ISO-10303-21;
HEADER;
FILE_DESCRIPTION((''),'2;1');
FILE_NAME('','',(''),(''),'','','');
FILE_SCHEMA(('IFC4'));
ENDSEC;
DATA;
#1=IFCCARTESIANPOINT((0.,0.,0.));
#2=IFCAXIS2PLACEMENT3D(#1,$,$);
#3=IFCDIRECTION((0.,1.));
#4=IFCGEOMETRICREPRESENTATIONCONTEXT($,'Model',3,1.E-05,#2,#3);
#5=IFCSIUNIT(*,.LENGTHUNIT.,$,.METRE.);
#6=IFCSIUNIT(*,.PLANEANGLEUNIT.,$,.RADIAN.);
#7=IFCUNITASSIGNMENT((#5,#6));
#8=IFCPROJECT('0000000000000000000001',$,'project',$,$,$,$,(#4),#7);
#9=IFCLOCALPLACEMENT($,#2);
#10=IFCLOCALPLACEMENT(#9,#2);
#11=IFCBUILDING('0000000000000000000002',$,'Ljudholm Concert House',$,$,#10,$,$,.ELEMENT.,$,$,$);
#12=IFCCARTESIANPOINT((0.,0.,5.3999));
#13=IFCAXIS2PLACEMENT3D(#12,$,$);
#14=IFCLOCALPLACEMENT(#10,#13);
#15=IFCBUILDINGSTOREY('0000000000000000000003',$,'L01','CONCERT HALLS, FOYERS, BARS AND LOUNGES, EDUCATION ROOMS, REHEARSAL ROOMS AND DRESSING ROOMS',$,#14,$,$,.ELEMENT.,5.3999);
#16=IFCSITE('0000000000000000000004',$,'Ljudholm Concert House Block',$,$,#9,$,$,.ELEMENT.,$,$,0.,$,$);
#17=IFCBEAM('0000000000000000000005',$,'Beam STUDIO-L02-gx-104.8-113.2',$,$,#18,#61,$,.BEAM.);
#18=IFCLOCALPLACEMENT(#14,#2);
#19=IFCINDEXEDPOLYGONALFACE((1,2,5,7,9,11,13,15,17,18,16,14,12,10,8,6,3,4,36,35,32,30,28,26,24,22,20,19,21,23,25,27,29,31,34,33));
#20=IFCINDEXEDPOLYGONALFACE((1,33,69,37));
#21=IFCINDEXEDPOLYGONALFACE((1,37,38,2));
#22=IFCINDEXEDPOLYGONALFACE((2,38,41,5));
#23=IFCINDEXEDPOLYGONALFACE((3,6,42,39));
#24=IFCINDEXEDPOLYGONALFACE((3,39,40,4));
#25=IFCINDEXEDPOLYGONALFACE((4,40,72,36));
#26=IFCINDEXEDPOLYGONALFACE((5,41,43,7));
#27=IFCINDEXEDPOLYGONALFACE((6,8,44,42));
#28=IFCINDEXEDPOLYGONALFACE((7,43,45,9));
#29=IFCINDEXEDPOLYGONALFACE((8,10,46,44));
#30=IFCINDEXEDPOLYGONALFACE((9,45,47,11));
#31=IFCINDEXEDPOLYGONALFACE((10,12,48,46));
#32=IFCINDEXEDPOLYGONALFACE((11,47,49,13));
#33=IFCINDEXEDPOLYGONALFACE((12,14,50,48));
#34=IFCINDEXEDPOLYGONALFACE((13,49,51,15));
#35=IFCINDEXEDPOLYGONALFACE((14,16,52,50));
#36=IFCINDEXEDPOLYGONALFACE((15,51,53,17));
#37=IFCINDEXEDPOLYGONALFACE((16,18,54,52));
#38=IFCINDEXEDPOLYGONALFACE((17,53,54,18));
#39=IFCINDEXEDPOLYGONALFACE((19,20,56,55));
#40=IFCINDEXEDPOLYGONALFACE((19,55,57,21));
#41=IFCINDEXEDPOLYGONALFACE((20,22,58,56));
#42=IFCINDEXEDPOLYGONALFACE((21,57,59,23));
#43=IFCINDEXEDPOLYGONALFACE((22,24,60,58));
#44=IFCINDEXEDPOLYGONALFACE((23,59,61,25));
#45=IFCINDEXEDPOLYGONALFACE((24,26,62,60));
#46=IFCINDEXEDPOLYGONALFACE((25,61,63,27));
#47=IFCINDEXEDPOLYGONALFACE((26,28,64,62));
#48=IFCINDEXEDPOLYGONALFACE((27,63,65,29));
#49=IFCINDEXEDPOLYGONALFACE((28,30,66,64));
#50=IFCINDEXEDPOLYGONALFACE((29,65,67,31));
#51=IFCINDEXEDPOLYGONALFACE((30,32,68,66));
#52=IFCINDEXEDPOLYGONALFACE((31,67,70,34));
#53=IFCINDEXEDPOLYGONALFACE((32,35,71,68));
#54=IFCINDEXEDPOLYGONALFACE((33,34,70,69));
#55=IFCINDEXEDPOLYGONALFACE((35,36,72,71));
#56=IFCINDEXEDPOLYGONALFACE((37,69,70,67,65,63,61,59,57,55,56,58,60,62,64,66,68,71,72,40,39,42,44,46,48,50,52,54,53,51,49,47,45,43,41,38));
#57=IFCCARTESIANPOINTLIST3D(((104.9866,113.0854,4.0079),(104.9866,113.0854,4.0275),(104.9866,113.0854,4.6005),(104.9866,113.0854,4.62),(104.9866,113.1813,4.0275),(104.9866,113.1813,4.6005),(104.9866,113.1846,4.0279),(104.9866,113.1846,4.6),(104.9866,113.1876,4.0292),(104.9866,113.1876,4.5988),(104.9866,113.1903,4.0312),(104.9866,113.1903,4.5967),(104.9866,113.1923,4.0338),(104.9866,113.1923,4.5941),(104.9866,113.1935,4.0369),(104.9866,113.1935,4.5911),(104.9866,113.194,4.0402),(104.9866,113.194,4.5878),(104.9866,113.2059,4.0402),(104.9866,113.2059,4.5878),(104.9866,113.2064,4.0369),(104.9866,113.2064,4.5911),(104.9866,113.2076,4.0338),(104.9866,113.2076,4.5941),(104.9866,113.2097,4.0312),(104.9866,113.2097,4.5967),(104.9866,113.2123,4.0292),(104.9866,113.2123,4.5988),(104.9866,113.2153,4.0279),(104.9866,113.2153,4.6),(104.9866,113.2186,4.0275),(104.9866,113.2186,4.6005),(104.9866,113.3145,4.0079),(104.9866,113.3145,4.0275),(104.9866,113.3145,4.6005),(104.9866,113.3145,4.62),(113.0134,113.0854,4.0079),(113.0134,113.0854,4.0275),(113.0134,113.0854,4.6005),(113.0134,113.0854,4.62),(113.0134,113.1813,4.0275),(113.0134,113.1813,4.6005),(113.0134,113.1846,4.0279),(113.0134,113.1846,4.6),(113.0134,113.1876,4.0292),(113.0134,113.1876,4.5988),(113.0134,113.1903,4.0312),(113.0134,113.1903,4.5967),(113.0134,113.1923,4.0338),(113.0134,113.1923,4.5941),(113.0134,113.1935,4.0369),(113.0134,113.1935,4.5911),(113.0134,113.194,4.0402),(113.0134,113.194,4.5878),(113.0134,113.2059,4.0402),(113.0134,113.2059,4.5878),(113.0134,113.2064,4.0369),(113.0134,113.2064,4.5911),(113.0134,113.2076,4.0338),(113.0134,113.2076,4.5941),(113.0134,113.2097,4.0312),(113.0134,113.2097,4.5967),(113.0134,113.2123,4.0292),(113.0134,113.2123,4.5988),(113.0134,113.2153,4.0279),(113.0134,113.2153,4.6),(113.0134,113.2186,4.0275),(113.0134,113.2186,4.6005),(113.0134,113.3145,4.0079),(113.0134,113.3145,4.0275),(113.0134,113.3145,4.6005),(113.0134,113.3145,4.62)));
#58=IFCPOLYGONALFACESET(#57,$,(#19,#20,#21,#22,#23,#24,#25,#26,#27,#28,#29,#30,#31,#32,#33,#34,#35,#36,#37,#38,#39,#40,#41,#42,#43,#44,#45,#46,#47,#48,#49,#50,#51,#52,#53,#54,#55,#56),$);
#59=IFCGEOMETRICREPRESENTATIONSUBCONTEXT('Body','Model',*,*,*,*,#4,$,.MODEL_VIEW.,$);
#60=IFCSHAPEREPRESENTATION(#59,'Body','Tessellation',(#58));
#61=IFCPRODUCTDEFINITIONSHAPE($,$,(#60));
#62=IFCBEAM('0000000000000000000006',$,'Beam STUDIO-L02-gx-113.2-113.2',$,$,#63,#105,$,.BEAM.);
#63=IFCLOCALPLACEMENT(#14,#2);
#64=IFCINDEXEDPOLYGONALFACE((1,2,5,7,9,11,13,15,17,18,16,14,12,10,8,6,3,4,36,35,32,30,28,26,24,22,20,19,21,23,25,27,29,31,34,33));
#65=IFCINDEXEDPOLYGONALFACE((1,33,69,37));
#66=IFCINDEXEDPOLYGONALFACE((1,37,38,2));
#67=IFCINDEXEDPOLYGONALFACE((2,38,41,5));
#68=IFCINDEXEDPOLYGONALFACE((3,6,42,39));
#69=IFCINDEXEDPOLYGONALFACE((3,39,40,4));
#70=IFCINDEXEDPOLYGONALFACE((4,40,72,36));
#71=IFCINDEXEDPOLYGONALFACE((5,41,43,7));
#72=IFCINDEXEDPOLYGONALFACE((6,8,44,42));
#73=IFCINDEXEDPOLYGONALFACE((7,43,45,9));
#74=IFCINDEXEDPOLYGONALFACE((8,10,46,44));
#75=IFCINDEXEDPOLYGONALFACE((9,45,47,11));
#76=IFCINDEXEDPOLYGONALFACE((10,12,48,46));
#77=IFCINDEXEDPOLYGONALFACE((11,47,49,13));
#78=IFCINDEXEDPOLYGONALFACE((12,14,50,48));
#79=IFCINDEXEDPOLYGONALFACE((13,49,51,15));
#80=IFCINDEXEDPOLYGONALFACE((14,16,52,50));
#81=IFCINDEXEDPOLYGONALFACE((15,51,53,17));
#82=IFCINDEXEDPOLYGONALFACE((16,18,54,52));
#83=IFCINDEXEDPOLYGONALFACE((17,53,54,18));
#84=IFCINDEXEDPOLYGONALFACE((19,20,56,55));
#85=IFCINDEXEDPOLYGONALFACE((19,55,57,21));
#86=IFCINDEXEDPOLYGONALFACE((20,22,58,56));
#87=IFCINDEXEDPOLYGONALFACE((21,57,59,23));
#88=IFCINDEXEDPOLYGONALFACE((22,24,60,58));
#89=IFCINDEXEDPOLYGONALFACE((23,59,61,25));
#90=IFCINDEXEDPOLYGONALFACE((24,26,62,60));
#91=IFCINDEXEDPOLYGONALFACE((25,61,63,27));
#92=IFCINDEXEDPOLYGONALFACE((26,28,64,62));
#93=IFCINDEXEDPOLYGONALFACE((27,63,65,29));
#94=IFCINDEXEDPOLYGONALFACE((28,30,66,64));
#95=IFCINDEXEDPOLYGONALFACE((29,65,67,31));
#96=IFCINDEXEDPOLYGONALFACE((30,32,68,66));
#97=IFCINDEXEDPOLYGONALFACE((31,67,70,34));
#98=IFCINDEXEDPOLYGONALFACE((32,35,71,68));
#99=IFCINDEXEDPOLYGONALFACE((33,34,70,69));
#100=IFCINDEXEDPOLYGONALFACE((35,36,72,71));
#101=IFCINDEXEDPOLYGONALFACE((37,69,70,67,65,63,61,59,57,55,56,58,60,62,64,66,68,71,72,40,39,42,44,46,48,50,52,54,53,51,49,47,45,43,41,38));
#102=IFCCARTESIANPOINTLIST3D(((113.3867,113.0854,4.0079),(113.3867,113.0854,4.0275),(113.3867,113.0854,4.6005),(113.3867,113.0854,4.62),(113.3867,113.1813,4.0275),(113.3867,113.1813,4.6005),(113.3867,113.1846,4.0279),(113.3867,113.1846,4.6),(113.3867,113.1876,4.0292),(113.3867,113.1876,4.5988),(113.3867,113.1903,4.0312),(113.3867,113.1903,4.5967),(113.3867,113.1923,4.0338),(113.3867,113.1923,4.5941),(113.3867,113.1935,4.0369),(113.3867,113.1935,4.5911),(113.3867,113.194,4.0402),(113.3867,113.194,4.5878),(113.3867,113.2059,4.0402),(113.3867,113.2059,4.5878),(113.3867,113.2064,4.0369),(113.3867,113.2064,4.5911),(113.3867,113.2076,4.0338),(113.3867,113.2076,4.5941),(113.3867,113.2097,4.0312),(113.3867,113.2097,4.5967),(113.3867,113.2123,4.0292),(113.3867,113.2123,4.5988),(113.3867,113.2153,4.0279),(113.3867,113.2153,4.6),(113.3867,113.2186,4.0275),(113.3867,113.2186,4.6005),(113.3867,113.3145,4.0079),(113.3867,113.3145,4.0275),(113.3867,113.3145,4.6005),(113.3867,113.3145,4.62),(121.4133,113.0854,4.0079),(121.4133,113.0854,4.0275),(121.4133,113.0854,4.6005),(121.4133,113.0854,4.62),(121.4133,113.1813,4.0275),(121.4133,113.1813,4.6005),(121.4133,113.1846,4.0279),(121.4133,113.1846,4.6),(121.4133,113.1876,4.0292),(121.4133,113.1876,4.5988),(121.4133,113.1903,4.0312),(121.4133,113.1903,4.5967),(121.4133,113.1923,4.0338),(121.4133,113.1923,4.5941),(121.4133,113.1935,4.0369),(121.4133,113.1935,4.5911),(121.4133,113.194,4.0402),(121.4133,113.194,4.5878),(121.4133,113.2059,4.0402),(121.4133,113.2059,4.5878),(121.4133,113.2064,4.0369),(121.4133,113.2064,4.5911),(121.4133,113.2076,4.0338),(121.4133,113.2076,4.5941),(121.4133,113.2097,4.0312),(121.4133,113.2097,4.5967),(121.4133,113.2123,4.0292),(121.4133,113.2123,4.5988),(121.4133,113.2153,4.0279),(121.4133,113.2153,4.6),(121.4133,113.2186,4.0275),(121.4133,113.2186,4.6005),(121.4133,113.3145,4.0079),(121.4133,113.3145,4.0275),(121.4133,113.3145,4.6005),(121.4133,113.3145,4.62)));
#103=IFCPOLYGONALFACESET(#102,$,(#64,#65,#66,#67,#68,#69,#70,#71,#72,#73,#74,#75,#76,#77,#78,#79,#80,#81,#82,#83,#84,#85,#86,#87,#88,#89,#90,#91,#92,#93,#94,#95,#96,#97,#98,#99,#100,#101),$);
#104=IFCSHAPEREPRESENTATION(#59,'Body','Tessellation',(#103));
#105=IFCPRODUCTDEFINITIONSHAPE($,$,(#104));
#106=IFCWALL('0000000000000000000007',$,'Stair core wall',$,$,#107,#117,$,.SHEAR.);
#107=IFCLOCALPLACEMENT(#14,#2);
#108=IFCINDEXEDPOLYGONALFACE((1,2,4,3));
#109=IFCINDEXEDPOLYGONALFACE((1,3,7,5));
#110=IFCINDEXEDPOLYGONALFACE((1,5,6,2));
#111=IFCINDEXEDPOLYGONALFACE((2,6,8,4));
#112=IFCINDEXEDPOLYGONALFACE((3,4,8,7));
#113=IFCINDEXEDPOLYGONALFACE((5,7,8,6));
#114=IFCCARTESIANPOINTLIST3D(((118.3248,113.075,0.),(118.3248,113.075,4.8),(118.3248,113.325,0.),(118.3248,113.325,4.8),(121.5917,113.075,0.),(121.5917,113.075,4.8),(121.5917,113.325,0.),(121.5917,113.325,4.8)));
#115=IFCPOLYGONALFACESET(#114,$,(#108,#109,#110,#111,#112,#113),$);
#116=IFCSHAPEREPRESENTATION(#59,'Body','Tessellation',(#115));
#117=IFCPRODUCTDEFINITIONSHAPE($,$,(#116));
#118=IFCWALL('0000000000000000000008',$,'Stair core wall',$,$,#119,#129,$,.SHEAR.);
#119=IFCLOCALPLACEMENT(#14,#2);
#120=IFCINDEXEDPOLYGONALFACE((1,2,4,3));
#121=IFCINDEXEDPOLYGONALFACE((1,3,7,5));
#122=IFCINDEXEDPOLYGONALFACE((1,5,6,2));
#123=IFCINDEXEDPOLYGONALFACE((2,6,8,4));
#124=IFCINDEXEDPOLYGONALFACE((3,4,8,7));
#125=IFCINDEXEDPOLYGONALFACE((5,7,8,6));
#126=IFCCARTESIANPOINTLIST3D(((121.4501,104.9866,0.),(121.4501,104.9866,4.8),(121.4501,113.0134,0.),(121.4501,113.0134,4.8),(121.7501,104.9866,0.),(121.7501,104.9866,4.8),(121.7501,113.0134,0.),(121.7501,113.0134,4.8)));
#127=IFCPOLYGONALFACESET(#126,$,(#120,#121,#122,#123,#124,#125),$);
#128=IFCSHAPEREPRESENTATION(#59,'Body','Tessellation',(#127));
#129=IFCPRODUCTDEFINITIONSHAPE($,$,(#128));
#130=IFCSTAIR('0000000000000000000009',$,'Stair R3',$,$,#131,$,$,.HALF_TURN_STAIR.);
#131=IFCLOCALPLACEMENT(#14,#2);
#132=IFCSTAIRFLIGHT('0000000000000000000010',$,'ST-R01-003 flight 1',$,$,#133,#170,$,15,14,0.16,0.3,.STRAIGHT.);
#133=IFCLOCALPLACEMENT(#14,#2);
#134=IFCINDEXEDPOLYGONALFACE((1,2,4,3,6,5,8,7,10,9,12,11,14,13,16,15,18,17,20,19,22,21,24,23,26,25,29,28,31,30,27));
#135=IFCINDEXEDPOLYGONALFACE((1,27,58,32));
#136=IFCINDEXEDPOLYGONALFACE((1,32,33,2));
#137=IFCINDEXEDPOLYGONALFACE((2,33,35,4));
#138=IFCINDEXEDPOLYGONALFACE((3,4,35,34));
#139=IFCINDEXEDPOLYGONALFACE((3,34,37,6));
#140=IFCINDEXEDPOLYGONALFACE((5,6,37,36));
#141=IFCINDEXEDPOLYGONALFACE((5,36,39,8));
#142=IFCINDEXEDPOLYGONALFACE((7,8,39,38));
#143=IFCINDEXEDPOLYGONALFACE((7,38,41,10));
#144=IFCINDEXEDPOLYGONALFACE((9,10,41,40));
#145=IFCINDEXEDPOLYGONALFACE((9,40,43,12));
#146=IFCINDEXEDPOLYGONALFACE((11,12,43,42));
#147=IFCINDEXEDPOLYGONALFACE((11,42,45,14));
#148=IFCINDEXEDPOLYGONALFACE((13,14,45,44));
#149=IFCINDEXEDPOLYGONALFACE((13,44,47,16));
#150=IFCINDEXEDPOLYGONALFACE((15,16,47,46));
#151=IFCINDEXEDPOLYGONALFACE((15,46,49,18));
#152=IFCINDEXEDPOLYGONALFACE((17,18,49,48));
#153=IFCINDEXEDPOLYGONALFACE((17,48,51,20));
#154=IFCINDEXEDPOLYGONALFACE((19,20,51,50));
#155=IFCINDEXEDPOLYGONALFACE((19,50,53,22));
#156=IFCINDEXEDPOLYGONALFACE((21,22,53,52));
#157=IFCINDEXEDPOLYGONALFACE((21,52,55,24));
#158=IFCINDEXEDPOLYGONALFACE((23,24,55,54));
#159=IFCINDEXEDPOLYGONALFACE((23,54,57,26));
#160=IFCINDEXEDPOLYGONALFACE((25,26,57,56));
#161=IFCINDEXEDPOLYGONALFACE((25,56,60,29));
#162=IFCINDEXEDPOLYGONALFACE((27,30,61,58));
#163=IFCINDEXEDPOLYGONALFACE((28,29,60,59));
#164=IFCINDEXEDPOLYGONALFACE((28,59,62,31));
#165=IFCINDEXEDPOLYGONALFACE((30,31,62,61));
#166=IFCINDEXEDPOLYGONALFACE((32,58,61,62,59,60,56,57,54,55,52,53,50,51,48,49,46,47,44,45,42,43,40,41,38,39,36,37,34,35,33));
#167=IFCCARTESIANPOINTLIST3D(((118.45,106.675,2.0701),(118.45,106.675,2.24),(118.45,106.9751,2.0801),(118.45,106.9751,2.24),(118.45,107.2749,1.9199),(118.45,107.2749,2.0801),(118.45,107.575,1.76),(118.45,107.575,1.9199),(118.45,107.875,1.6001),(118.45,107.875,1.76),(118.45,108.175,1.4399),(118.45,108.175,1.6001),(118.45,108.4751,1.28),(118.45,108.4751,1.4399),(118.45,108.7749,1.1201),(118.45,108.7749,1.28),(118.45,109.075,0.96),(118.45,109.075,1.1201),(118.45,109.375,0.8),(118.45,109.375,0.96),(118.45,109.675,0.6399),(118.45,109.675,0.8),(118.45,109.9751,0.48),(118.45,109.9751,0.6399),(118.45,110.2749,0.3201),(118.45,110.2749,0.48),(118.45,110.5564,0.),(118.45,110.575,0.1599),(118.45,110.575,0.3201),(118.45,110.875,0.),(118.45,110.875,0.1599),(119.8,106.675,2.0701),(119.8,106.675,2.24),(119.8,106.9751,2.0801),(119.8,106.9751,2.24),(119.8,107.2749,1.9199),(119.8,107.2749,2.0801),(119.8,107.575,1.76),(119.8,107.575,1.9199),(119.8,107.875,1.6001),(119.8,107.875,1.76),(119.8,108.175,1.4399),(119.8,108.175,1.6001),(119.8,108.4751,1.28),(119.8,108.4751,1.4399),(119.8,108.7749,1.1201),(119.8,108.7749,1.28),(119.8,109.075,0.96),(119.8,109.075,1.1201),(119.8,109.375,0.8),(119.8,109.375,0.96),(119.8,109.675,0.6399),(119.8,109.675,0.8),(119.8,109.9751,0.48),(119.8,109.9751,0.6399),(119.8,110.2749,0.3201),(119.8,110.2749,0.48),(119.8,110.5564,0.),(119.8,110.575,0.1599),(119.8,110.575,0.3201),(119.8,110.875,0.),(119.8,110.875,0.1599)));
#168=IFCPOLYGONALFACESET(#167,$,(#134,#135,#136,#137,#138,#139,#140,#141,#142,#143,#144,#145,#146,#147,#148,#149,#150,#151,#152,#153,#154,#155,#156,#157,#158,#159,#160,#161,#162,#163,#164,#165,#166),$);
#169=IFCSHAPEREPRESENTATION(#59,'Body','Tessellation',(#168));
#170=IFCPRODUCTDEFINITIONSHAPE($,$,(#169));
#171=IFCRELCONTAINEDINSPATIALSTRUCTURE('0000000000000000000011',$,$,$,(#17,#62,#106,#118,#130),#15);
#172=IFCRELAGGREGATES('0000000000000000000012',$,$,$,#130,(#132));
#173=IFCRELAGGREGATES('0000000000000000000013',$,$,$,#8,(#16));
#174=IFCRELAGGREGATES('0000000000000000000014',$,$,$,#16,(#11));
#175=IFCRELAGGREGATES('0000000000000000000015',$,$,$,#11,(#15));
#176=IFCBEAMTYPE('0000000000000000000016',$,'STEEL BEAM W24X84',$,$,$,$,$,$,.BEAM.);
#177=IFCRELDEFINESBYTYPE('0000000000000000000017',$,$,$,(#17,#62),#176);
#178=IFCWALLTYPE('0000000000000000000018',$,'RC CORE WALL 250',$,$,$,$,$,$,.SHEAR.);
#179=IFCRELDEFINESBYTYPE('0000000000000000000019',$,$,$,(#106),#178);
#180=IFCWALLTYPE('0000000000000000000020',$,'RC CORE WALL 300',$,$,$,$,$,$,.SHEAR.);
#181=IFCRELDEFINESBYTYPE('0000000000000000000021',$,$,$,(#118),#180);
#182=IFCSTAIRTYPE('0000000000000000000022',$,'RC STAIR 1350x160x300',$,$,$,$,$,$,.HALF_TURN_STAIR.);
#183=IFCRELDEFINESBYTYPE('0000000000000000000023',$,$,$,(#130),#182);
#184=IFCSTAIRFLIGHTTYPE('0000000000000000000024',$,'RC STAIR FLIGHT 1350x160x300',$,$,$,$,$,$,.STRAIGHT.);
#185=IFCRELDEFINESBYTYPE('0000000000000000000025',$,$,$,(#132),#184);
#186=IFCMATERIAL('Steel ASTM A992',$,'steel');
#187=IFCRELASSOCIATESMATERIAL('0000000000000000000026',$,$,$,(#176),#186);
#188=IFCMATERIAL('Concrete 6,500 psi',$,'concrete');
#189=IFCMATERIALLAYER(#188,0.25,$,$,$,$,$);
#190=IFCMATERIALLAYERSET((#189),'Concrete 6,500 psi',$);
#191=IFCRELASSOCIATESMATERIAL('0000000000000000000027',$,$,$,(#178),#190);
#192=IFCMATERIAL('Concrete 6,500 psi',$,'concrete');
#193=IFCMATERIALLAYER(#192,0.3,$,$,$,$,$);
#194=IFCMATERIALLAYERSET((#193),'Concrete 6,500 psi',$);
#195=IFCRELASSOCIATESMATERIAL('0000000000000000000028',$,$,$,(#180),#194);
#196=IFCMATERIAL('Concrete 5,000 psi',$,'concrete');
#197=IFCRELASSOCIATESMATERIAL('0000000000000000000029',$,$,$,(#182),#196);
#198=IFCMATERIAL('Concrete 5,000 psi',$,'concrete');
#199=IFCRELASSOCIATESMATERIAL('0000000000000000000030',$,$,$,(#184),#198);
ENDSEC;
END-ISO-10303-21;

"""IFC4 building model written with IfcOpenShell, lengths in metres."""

from ifc_helpers import new_model, si_unit, direction, frame, frame_2d, origin, origin_2d, place, context, subcontext, project, spatial, polyline, rectangle, i_section, outline, extrude, material, layer, layer_set, material_profile, profile_set, type_object, element, aggregate, save


model = new_model("IFC4")

# Units and contexts
model_context = context("Model", 3, precision=1e-05, world=origin(), true_north=direction((0.0, 1.0)))
body_context = subcontext(model_context, "Body", "Model", "MODEL_VIEW")
ifc_project = project(units=[si_unit("LENGTHUNIT", "METRE"), si_unit("PLANEANGLEUNIT", "RADIAN")], contexts=[model_context])

# Site, building, storey
site_placement = place(None, origin())
site = spatial("IfcSite", under=ifc_project, at=site_placement, Name="Ljudholm Concert House Block", CompositionType="ELEMENT", RefElevation=0.0)
building_placement = place(site_placement, origin())
building = spatial("IfcBuilding", under=site, at=building_placement, Name="Ljudholm Concert House", CompositionType="ELEMENT")
storey_placement = place(building_placement, frame((0.0, 0.0, 5.3999)))
storey = spatial("IfcBuildingStorey", under=building, at=storey_placement, Name="L01", Description="CONCERT HALLS, FOYERS, BARS AND LOUNGES, EDUCATION ROOMS, REHEARSAL ROOMS AND DRESSING ROOMS", CompositionType="ELEMENT", Elevation=5.3999)

# Beams
ifc_material_1 = material(Name="Steel ASTM A992", Category="steel")
ifc_material_profile_1 = material_profile(ifc_material_1, i_section(OverallWidth=0.229, OverallDepth=0.6121, WebThickness=0.012, FlangeThickness=0.0195, FilletRadius=0.0127, at=origin_2d()), Name="W24X84")
ifc_profile_set_1 = profile_set([ifc_material_profile_1], Name="Steel ASTM A992")
beam_type_1 = type_object("IfcBeamType", Name="STEEL BEAM W24X84", PredefinedType="BEAM", material=ifc_profile_set_1)
beam_1_placement = place(storey_placement, frame((104.9866, 113.2, 4.314), z_axis=(1.0, 0.0, 0.0), x_axis=(0.0, 1.0, 0.0)))
element("IfcBeam", 1, at=beam_1_placement, inside=storey, type_object=beam_type_1, Name="Beam STUDIO-L02-gx-104.8-113.2", PredefinedType="BEAM", context=body_context, shape_type="SweptSolid", body=[
    extrude(i_section(OverallWidth=0.229, OverallDepth=0.6121, WebThickness=0.012, FlangeThickness=0.0195, FilletRadius=0.0127, at=origin_2d()), origin(), (0.0, 0.0, 1.0), 8.0269),
])
beam_2_placement = place(storey_placement, frame((113.3867, 113.2, 4.314), z_axis=(1.0, 0.0, 0.0), x_axis=(0.0, 1.0, 0.0)))
element("IfcBeam", 2, at=beam_2_placement, inside=storey, type_object=beam_type_1, Name="Beam STUDIO-L02-gx-113.2-113.2", PredefinedType="BEAM", context=body_context, shape_type="SweptSolid", body=[
    extrude(i_section(OverallWidth=0.229, OverallDepth=0.6121, WebThickness=0.012, FlangeThickness=0.0195, FilletRadius=0.0127, at=origin_2d()), origin(), (0.0, 0.0, 1.0), 8.0266),
])

# Walls
ifc_material_2 = material(Name="Concrete 6,500 psi", Category="concrete")
ifc_layer_1 = layer(ifc_material_2, 0.25)
ifc_layer_set_1 = layer_set([ifc_layer_1], Name="Concrete 6,500 psi")
wall_type_1 = type_object("IfcWallType", Name="RC CORE WALL 250", PredefinedType="SHEAR", material=ifc_layer_set_1)
wall_1_placement = place(storey_placement, frame((118.325, 113.2, 0.0), z_axis=(0.0, 0.0, 1.0), x_axis=(1.0, 0.0, 0.0)))
element("IfcWall", 3, at=wall_1_placement, inside=storey, type_object=wall_type_1, Name="Stair core wall", PredefinedType="SHEAR", context=body_context, shape_type="SweptSolid", body=[
    extrude(rectangle(XDim=3.2668, YDim=0.25, at=frame_2d((1.6333, 0.0))), origin(), (0.0, 0.0, 1.0), 4.8),
])
ifc_material_3 = material(Name="Concrete 6,500 psi", Category="concrete")
ifc_layer_2 = layer(ifc_material_3, 0.3)
ifc_layer_set_2 = layer_set([ifc_layer_2], Name="Concrete 6,500 psi")
wall_type_2 = type_object("IfcWallType", Name="RC CORE WALL 300", PredefinedType="SHEAR", material=ifc_layer_set_2)
wall_2_placement = place(storey_placement, frame((121.6001, 104.9866, 0.0), z_axis=(0.0, 0.0, 1.0), x_axis=(0.0, 1.0, 0.0)))
element("IfcWall", 4, at=wall_2_placement, inside=storey, type_object=wall_type_2, Name="Stair core wall", PredefinedType="SHEAR", context=body_context, shape_type="SweptSolid", body=[
    extrude(rectangle(XDim=8.0269, YDim=0.3, at=frame_2d((4.0134, 0.0))), origin(), (0.0, 0.0, 1.0), 4.8),
])

# Stair, stair flight
ifc_material_4 = material(Name="Concrete 5,000 psi", Category="concrete")
stair_type = type_object("IfcStairType", Name="RC STAIR 1350x160x300", PredefinedType="HALF_TURN_STAIR", material=ifc_material_4)
stair_placement = place(storey_placement, origin())
stair = element("IfcStair", 5, at=stair_placement, inside=storey, type_object=stair_type, Name="Stair R3", PredefinedType="HALF_TURN_STAIR")
ifc_material_5 = material(Name="Concrete 5,000 psi", Category="concrete")
stair_flight_type = type_object("IfcStairFlightType", Name="RC STAIR FLIGHT 1350x160x300", PredefinedType="STRAIGHT", material=ifc_material_5)
stair_flight_1_placement = place(storey_placement, frame((119.125, 110.875, 0.0), z_axis=(0.0, 0.0, 1.0), x_axis=(0.0, -1.0, 0.0)))
stair_flight_1 = element("IfcStairFlight", 6, at=stair_flight_1_placement, type_object=stair_flight_type, Name="ST-R01-003 flight 1", NumberOfRisers=15, NumberOfTreads=14, PredefinedType="STRAIGHT", RiserHeight=0.16, TreadLength=0.3, context=body_context, shape_type="SweptSolid", body=[
    extrude(outline(polyline([(0.0, 0.0), (0.0, 0.1599), (0.3, 0.1599), (0.3, 0.3201), (0.6001, 0.3201), (0.6001, 0.48), (0.8999, 0.48), (0.8999, 0.6399), (1.2, 0.6399), (1.2, 0.8), (1.5, 0.8), (1.5, 0.96), (1.8, 0.96), (1.8, 1.1201), (2.1001, 1.1201), (2.1001, 1.28), (2.3999, 1.28), (2.3999, 1.4399), (2.7, 1.4399), (2.7, 1.6001), (3.0, 1.6001), (3.0, 1.76), (3.3, 1.76), (3.3, 1.9199), (3.6001, 1.9199), (3.6001, 2.0801), (3.8999, 2.0801), (3.8999, 2.24), (4.2, 2.24), (4.2, 2.3999), (4.2, 2.0701), (0.3186, 0.0), (0.0, 0.0)])), frame((0.0, 0.675, 0.0), z_axis=(0.0, -1.0, 0.0), x_axis=(1.0, 0.0, 0.0)), (0.0, 0.0, 1.0), 1.3501),
])
aggregate(stair, [stair_flight_1])

save(model, "model.ifc")
